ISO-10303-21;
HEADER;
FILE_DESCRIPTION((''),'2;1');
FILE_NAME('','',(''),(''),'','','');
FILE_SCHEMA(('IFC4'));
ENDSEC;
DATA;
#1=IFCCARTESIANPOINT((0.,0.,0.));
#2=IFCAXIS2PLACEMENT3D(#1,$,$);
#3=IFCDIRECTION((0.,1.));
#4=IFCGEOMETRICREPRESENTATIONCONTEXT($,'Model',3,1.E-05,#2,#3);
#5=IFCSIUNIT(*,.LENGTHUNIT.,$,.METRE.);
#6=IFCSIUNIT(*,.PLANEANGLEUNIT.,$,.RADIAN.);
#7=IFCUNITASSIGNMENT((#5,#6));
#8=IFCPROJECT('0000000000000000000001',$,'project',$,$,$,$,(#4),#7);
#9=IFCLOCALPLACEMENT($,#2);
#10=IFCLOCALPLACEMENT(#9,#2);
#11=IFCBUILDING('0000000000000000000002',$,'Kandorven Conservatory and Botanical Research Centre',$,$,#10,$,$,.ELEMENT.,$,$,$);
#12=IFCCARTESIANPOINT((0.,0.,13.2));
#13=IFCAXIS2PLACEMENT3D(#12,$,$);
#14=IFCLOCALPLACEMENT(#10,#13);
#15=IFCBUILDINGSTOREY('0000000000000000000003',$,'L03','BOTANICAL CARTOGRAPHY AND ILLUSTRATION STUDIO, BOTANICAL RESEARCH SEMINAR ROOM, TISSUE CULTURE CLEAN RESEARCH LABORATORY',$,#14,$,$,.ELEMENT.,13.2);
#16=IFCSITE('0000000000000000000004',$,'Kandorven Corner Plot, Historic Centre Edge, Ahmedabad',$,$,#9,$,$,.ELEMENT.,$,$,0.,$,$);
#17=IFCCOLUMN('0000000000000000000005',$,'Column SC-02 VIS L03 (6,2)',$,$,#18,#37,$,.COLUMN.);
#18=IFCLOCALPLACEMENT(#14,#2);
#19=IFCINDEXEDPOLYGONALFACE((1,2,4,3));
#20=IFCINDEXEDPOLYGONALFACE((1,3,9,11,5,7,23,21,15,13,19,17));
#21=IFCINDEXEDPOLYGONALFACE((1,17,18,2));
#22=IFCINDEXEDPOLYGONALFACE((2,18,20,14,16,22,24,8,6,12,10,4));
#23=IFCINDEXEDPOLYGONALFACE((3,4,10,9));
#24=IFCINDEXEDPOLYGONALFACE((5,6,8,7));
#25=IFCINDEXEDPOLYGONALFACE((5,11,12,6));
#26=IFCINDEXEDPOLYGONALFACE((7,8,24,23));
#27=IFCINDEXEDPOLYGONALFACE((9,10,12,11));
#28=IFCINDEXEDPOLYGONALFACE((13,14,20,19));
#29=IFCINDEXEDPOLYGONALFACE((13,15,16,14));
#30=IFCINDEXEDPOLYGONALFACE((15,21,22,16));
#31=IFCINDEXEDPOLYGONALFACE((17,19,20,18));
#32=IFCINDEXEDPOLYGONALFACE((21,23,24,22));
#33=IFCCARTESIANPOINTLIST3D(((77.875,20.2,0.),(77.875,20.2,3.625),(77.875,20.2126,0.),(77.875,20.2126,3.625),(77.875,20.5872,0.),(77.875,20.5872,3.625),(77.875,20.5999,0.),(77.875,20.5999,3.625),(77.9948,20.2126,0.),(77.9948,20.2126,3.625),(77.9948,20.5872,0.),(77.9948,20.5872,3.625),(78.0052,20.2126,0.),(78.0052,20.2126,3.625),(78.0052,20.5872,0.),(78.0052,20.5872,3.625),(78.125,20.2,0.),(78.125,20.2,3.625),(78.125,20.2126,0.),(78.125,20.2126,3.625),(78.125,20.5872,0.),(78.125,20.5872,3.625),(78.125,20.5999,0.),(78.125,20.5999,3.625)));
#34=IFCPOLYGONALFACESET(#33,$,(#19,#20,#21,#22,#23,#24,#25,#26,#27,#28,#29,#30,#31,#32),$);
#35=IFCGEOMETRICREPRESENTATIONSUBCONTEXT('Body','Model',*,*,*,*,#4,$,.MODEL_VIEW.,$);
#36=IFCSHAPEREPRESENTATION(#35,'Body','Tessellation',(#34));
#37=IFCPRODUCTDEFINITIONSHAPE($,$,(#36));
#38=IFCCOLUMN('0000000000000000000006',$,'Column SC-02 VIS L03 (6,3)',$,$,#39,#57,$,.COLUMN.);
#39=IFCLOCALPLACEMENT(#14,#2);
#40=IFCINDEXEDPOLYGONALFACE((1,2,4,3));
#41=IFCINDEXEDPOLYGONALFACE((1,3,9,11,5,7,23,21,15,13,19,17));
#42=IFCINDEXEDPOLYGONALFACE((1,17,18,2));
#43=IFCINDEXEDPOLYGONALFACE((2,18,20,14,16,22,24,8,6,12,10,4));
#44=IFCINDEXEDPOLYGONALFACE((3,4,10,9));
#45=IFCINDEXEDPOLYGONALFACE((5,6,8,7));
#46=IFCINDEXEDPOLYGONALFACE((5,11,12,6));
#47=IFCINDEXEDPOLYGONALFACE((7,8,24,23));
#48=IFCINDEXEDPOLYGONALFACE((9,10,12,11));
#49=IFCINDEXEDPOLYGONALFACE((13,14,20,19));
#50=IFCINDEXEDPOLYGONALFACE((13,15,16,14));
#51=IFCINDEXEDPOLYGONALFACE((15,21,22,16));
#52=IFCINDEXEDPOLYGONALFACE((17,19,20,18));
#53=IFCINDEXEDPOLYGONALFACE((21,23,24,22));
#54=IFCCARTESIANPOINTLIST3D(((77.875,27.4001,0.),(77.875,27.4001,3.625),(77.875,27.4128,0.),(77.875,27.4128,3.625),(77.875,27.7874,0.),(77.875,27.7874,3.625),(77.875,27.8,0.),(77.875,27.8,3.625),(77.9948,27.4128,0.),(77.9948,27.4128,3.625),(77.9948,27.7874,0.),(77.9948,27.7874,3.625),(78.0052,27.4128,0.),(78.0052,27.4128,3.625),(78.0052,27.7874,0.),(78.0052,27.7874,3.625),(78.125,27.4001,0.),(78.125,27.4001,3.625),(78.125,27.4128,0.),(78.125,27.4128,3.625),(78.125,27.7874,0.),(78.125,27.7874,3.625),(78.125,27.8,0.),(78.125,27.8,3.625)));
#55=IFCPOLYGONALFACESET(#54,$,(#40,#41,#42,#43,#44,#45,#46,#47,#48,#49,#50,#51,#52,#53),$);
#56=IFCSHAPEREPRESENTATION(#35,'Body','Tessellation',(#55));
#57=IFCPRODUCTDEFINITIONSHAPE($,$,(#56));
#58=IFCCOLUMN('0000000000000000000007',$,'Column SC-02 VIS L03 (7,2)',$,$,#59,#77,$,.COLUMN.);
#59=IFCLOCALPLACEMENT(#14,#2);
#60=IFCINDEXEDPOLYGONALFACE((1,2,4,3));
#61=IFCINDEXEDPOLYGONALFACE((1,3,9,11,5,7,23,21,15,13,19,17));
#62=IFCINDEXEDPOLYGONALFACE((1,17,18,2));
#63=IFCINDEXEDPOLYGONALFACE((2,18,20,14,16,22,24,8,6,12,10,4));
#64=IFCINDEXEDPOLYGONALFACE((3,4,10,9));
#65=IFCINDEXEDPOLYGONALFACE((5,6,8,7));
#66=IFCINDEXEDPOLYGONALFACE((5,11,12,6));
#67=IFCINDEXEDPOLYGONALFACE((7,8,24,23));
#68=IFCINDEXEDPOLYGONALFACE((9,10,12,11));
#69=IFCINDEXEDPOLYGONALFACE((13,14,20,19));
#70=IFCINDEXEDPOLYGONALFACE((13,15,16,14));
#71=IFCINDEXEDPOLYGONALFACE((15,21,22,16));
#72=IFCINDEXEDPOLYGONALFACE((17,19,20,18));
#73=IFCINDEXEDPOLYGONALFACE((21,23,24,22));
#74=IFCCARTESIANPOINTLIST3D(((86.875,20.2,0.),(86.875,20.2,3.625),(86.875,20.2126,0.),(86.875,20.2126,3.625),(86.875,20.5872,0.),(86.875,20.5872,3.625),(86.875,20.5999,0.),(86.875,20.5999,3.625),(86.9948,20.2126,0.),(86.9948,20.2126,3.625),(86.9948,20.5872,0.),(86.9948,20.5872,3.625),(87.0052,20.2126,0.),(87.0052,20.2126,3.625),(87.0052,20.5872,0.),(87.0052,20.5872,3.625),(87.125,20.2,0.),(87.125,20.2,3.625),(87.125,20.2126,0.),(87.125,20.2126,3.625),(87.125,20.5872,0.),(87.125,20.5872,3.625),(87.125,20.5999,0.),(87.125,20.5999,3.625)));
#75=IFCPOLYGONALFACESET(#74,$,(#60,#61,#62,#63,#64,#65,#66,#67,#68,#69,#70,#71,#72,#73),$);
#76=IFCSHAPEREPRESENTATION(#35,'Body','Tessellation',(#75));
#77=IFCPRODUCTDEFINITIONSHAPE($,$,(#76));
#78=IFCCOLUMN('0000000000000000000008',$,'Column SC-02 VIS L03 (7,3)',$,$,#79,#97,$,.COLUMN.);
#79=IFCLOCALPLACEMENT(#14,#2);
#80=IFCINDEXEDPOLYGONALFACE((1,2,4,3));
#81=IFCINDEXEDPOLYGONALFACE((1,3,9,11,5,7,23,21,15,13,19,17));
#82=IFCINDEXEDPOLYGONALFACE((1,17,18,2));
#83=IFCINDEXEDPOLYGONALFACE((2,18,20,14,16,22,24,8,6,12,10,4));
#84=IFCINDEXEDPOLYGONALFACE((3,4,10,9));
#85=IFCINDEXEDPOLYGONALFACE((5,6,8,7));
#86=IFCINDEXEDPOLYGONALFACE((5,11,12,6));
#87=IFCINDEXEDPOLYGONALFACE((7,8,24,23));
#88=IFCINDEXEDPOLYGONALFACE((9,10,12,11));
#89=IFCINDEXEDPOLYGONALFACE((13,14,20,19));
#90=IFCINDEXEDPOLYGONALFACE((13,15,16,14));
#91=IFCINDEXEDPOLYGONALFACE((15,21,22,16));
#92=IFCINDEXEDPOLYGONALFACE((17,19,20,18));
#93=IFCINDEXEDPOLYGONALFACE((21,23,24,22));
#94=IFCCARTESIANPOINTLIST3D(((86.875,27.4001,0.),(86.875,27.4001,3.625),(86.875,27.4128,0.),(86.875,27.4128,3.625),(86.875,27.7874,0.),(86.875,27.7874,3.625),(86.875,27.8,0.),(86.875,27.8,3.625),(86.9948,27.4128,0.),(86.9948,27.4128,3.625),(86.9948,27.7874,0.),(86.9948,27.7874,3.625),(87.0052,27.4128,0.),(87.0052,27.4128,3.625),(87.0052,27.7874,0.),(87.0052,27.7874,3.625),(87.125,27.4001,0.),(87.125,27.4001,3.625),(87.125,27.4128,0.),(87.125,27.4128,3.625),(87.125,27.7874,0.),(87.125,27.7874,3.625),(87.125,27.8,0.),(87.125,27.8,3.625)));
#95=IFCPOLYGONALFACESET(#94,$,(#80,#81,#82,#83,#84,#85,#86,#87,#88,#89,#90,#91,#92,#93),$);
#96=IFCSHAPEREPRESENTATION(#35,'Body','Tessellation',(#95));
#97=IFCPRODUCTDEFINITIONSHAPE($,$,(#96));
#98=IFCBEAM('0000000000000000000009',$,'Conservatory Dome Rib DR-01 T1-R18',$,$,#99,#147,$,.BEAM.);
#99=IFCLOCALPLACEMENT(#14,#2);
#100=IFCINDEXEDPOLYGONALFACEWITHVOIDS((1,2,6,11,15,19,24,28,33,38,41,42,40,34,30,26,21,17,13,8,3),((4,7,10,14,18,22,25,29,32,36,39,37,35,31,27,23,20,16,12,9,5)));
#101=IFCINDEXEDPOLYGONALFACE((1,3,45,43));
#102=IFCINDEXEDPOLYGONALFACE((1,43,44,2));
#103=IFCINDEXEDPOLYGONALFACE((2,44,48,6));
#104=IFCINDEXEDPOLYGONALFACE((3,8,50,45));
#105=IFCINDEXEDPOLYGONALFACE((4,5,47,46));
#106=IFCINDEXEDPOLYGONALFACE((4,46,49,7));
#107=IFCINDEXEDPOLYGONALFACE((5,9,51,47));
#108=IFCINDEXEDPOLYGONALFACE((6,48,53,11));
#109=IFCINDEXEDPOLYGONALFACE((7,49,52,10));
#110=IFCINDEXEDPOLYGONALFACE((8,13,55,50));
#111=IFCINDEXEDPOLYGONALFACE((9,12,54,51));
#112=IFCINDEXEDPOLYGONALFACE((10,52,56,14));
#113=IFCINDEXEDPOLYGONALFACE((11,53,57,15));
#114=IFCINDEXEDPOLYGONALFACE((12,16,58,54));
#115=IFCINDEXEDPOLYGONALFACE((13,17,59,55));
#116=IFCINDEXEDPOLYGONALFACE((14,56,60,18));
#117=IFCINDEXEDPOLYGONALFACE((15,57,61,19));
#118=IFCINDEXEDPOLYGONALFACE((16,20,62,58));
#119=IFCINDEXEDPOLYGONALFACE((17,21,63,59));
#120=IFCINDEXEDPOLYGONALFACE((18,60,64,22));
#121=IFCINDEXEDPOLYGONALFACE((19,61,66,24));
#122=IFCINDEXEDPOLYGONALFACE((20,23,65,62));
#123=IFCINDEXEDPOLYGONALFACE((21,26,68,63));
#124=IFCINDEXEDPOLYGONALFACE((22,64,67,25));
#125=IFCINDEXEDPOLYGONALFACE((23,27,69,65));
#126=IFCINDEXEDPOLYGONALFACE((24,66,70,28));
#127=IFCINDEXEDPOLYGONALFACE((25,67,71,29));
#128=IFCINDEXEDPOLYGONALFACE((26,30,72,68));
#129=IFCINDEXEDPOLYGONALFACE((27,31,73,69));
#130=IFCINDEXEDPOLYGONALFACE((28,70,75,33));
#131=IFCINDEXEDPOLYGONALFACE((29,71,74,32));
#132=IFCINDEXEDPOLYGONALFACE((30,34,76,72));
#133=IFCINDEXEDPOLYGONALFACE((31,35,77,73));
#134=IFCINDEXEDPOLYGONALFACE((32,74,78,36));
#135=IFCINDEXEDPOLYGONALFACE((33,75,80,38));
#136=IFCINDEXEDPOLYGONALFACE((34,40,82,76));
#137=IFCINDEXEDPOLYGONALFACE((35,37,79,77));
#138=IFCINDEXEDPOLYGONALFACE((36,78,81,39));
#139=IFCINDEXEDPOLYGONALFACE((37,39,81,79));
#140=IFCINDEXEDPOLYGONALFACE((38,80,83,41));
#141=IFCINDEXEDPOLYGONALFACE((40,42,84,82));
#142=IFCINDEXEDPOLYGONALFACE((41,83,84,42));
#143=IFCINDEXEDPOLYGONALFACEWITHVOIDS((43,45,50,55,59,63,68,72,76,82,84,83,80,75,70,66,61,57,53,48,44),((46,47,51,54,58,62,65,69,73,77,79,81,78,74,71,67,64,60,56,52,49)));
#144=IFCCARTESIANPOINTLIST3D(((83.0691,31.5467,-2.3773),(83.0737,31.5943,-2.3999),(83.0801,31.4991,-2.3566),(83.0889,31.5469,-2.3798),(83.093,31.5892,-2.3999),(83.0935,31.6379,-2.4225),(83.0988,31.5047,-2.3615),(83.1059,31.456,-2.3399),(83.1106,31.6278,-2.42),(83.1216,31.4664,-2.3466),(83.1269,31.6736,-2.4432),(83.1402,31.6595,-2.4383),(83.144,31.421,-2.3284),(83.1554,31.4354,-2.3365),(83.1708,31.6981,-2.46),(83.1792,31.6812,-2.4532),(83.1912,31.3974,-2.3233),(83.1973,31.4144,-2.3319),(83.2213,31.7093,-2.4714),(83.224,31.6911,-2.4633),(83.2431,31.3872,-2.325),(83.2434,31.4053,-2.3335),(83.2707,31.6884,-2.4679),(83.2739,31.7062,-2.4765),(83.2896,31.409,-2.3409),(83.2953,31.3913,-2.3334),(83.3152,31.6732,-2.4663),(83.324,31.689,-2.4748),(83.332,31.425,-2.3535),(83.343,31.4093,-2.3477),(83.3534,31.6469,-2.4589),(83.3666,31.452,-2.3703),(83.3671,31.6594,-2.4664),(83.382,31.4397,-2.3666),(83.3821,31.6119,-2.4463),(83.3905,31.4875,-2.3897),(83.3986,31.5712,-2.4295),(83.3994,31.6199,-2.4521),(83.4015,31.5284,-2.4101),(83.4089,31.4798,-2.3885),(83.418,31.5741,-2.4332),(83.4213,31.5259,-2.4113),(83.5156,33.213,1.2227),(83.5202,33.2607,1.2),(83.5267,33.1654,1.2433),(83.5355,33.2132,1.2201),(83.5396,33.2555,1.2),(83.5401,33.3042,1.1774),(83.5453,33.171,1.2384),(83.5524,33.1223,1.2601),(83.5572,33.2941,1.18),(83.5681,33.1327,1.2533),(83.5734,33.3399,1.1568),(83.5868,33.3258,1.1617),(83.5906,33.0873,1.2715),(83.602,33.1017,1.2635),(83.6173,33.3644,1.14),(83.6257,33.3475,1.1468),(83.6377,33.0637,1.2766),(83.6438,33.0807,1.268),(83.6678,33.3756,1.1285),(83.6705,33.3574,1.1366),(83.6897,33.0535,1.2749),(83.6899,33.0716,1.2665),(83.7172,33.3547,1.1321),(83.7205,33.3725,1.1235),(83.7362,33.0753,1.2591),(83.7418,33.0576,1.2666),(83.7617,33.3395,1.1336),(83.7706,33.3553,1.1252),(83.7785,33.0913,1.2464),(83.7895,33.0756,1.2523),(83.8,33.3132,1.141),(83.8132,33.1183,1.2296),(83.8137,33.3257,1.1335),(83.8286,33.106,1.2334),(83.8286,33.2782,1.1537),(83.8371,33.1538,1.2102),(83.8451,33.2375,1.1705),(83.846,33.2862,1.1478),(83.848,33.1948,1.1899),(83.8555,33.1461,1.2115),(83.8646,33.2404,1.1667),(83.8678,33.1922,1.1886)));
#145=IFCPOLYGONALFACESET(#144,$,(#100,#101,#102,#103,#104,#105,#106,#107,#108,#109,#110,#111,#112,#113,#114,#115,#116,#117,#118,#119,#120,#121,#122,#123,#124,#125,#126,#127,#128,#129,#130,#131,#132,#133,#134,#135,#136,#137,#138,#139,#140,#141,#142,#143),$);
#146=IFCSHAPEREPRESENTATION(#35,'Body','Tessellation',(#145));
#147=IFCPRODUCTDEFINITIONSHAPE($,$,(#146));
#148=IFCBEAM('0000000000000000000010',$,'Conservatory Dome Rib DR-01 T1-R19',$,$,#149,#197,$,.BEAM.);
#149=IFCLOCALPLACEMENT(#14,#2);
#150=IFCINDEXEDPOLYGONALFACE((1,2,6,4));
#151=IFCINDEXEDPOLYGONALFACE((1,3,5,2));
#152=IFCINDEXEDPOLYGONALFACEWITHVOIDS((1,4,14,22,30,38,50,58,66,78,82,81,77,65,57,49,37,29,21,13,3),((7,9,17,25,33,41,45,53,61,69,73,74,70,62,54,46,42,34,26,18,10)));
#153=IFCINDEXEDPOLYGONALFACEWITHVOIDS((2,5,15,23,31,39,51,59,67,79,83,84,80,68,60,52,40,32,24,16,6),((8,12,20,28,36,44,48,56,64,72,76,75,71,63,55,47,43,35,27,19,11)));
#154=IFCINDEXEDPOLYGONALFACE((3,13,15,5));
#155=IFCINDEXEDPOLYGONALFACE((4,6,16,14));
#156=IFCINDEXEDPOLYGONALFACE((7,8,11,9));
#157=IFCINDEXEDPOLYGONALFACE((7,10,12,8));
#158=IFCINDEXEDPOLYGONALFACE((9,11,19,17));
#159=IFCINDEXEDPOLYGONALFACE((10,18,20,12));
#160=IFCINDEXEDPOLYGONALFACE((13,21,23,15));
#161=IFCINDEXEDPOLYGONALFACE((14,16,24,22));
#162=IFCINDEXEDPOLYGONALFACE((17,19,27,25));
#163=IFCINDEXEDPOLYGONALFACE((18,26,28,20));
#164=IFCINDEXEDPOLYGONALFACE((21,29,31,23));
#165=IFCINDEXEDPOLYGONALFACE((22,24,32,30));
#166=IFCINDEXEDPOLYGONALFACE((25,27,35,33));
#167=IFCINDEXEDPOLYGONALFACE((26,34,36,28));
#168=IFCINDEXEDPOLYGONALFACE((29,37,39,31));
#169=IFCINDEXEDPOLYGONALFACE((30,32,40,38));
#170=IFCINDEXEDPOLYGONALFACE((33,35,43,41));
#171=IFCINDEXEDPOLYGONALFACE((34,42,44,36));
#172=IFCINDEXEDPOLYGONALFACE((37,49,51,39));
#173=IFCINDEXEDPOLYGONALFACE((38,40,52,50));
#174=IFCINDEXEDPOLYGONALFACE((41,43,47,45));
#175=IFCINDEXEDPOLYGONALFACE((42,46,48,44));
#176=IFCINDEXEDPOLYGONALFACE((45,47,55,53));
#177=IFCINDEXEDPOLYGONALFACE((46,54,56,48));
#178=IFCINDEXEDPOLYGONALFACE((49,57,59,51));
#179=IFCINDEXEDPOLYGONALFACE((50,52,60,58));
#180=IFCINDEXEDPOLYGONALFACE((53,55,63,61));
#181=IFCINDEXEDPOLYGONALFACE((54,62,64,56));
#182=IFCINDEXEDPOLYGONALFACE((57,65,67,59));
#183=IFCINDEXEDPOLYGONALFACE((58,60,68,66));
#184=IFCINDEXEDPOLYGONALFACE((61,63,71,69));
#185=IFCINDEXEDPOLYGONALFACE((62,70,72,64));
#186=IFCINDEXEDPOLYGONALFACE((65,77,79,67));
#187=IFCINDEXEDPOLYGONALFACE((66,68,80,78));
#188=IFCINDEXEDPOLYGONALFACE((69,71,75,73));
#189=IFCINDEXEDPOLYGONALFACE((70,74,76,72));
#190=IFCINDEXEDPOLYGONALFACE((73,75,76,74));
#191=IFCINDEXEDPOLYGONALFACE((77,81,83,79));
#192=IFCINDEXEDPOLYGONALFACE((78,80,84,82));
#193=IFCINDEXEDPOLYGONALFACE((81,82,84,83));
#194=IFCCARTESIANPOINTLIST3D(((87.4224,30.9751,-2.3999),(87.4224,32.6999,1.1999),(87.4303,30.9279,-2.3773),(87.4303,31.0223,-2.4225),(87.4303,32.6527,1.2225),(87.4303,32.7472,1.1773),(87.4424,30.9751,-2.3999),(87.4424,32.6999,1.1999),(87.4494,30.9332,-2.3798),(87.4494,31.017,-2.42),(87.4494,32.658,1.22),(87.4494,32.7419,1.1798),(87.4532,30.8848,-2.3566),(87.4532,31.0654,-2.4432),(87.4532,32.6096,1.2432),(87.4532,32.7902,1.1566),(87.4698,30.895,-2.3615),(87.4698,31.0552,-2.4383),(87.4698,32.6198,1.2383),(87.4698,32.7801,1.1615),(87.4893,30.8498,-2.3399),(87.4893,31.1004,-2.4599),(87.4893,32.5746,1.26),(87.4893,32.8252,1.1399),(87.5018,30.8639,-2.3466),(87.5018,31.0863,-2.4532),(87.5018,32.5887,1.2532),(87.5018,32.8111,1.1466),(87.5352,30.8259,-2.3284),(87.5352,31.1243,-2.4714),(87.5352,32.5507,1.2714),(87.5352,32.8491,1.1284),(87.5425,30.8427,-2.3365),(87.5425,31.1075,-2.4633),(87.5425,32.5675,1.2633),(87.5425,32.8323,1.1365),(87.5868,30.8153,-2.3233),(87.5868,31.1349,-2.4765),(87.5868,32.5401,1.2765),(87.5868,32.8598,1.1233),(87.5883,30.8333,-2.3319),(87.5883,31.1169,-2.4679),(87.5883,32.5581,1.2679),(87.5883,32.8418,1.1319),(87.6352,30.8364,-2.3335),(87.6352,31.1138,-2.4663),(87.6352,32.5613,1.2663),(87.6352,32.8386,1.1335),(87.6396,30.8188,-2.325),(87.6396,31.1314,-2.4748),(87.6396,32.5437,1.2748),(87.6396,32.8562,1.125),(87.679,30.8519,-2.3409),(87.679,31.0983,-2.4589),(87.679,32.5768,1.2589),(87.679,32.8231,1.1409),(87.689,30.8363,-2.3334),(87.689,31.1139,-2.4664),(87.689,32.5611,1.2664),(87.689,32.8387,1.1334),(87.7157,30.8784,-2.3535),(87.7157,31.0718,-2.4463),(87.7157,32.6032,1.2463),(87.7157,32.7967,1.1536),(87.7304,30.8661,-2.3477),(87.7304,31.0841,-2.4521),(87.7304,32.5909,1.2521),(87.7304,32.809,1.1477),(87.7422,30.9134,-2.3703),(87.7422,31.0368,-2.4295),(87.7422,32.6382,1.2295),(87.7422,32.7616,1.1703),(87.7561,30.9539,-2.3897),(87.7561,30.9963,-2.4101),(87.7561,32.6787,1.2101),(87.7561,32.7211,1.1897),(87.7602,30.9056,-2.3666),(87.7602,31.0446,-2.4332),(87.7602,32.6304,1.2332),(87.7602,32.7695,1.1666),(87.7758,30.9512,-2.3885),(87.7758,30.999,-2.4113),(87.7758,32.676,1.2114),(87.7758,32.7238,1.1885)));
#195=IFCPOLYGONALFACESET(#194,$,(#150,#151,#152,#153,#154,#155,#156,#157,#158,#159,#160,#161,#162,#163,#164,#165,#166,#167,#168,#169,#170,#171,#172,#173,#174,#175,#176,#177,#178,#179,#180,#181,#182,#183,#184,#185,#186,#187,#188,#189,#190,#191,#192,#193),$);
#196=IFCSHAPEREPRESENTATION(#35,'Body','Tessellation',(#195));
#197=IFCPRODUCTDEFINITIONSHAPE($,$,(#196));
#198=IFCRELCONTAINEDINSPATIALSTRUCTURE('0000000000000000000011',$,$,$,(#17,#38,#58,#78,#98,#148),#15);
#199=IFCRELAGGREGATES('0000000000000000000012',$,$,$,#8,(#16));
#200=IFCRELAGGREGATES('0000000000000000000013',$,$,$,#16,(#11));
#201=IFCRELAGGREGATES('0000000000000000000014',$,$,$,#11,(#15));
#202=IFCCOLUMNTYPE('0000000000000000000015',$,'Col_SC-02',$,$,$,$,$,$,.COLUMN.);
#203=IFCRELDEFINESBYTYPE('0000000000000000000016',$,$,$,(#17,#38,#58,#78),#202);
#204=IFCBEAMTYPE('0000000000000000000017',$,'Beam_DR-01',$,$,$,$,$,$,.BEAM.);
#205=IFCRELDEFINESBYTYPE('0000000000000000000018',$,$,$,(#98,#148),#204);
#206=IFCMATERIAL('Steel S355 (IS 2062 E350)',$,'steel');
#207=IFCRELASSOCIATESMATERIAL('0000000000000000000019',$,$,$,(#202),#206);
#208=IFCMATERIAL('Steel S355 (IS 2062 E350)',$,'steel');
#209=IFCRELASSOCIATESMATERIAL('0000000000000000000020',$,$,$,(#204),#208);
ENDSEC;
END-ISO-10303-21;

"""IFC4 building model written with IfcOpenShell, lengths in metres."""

from ifc_helpers import new_model, si_unit, direction, frame, origin, origin_2d, place, context, subcontext, project, spatial, hollow_circle, i_section, extrude, material, material_profile, profile_set, type_object, element, save


model = new_model("IFC4")

# Units and contexts
model_context = context("Model", 3, precision=1e-05, world=origin(), true_north=direction((0.0, 1.0)))
body_context = subcontext(model_context, "Body", "Model", "MODEL_VIEW")
ifc_project = project(units=[si_unit("LENGTHUNIT", "METRE"), si_unit("PLANEANGLEUNIT", "RADIAN")], contexts=[model_context])

# Site, building, storey
site_placement = place(None, origin())
site = spatial("IfcSite", under=ifc_project, at=site_placement, Name="Kandorven Corner Plot, Historic Centre Edge, Ahmedabad", CompositionType="ELEMENT", RefElevation=0.0)
building_placement = place(site_placement, origin())
building = spatial("IfcBuilding", under=site, at=building_placement, Name="Kandorven Conservatory and Botanical Research Centre", CompositionType="ELEMENT")
storey_placement = place(building_placement, frame((0.0, 0.0, 13.2)))
storey = spatial("IfcBuildingStorey", under=building, at=storey_placement, Name="L03", Description="BOTANICAL CARTOGRAPHY AND ILLUSTRATION STUDIO, BOTANICAL RESEARCH SEMINAR ROOM, TISSUE CULTURE CLEAN RESEARCH LABORATORY", CompositionType="ELEMENT", Elevation=13.2)

# Columns
ifc_material_1 = material(Name="Steel S355 (IS 2062 E350)", Category="steel")
ifc_material_profile_1 = material_profile(ifc_material_1, i_section(OverallWidth=0.25, OverallDepth=0.3999, WebThickness=0.0105, FlangeThickness=0.0127, at=origin_2d()))
ifc_profile_set_1 = profile_set([ifc_material_profile_1], Name="Steel S355 (IS 2062 E350)")
column_type = type_object("IfcColumnType", Name="Col_SC-02", PredefinedType="COLUMN", material=ifc_profile_set_1)
for number, where, z_axis, x_axis, name in (
    (1, (78.0, 20.3999, 0.0), (0.0, 0.0, 1.0), (1.0, 0.0, 0.0), "Column SC-02 VIS L03 (6,2)"),
    (2, (78.0, 27.6001, 0.0), (0.0, 0.0, 1.0), (1.0, 0.0, 0.0), "Column SC-02 VIS L03 (6,3)"),
    (3, (87.0, 20.3999, 0.0), (0.0, 0.0, 1.0), (1.0, 0.0, 0.0), "Column SC-02 VIS L03 (7,2)"),
    (4, (87.0, 27.6001, 0.0), (0.0, 0.0, 1.0), (1.0, 0.0, 0.0), "Column SC-02 VIS L03 (7,3)"),
):
    element("IfcColumn", number, at=place(storey_placement, frame(where, z_axis=z_axis, x_axis=x_axis)), inside=storey, type_object=column_type, Name=name, PredefinedType="COLUMN", context=body_context, shape_type="SweptSolid", body=[
        extrude(i_section(OverallWidth=0.25, OverallDepth=0.3999, WebThickness=0.0105, FlangeThickness=0.0127, at=origin_2d()), origin(), (0.0, 0.0, 1.0), 3.625),
    ])

# Beams
ifc_material_2 = material(Name="Steel S355 (IS 2062 E350)", Category="steel")
ifc_material_profile_2 = material_profile(ifc_material_2, hollow_circle(Radius=0.1777, WallThickness=0.02, at=origin_2d()))
ifc_profile_set_2 = profile_set([ifc_material_profile_2], Name="Steel S355 (IS 2062 E350)")
beam_type_1 = type_object("IfcBeamType", Name="Beam_DR-01", PredefinedType="BEAM", material=ifc_profile_set_2)
beam_placement = place(storey_placement, frame((83.2454, 31.5483, -2.3999), z_axis=(0.111862, 0.417417, 0.901804), x_axis=(-0.965917, 0.258852, 0.0)))
element("IfcBeam", 5, at=beam_placement, inside=storey, type_object=beam_type_1, Name="Conservatory Dome Rib DR-01 T1-R18", PredefinedType="BEAM", context=body_context, shape_type="SweptSolid", body=[
    extrude(hollow_circle(Radius=0.1777, WallThickness=0.02, at=origin_2d()), origin(), (0.0, 0.0, 1.0), 3.9919),
])
for number, where, z_axis, x_axis, name in (
    (6, (87.6001, 30.9751, -2.3999), (0.0, 0.432105, 0.901823), (-1.0, 0.0, 0.0), "Conservatory Dome Rib DR-01 T1-R19"),
):
    element("IfcBeam", number, at=place(storey_placement, frame(where, z_axis=z_axis, x_axis=x_axis)), inside=storey, type_object=beam_type_1, Name=name, PredefinedType="BEAM", context=body_context, shape_type="SweptSolid", body=[
        extrude(hollow_circle(Radius=0.1777, WallThickness=0.02, at=origin_2d()), origin(), (0.0, 0.0, 1.0), 3.9917),
    ])

save(model, "model.ifc")
